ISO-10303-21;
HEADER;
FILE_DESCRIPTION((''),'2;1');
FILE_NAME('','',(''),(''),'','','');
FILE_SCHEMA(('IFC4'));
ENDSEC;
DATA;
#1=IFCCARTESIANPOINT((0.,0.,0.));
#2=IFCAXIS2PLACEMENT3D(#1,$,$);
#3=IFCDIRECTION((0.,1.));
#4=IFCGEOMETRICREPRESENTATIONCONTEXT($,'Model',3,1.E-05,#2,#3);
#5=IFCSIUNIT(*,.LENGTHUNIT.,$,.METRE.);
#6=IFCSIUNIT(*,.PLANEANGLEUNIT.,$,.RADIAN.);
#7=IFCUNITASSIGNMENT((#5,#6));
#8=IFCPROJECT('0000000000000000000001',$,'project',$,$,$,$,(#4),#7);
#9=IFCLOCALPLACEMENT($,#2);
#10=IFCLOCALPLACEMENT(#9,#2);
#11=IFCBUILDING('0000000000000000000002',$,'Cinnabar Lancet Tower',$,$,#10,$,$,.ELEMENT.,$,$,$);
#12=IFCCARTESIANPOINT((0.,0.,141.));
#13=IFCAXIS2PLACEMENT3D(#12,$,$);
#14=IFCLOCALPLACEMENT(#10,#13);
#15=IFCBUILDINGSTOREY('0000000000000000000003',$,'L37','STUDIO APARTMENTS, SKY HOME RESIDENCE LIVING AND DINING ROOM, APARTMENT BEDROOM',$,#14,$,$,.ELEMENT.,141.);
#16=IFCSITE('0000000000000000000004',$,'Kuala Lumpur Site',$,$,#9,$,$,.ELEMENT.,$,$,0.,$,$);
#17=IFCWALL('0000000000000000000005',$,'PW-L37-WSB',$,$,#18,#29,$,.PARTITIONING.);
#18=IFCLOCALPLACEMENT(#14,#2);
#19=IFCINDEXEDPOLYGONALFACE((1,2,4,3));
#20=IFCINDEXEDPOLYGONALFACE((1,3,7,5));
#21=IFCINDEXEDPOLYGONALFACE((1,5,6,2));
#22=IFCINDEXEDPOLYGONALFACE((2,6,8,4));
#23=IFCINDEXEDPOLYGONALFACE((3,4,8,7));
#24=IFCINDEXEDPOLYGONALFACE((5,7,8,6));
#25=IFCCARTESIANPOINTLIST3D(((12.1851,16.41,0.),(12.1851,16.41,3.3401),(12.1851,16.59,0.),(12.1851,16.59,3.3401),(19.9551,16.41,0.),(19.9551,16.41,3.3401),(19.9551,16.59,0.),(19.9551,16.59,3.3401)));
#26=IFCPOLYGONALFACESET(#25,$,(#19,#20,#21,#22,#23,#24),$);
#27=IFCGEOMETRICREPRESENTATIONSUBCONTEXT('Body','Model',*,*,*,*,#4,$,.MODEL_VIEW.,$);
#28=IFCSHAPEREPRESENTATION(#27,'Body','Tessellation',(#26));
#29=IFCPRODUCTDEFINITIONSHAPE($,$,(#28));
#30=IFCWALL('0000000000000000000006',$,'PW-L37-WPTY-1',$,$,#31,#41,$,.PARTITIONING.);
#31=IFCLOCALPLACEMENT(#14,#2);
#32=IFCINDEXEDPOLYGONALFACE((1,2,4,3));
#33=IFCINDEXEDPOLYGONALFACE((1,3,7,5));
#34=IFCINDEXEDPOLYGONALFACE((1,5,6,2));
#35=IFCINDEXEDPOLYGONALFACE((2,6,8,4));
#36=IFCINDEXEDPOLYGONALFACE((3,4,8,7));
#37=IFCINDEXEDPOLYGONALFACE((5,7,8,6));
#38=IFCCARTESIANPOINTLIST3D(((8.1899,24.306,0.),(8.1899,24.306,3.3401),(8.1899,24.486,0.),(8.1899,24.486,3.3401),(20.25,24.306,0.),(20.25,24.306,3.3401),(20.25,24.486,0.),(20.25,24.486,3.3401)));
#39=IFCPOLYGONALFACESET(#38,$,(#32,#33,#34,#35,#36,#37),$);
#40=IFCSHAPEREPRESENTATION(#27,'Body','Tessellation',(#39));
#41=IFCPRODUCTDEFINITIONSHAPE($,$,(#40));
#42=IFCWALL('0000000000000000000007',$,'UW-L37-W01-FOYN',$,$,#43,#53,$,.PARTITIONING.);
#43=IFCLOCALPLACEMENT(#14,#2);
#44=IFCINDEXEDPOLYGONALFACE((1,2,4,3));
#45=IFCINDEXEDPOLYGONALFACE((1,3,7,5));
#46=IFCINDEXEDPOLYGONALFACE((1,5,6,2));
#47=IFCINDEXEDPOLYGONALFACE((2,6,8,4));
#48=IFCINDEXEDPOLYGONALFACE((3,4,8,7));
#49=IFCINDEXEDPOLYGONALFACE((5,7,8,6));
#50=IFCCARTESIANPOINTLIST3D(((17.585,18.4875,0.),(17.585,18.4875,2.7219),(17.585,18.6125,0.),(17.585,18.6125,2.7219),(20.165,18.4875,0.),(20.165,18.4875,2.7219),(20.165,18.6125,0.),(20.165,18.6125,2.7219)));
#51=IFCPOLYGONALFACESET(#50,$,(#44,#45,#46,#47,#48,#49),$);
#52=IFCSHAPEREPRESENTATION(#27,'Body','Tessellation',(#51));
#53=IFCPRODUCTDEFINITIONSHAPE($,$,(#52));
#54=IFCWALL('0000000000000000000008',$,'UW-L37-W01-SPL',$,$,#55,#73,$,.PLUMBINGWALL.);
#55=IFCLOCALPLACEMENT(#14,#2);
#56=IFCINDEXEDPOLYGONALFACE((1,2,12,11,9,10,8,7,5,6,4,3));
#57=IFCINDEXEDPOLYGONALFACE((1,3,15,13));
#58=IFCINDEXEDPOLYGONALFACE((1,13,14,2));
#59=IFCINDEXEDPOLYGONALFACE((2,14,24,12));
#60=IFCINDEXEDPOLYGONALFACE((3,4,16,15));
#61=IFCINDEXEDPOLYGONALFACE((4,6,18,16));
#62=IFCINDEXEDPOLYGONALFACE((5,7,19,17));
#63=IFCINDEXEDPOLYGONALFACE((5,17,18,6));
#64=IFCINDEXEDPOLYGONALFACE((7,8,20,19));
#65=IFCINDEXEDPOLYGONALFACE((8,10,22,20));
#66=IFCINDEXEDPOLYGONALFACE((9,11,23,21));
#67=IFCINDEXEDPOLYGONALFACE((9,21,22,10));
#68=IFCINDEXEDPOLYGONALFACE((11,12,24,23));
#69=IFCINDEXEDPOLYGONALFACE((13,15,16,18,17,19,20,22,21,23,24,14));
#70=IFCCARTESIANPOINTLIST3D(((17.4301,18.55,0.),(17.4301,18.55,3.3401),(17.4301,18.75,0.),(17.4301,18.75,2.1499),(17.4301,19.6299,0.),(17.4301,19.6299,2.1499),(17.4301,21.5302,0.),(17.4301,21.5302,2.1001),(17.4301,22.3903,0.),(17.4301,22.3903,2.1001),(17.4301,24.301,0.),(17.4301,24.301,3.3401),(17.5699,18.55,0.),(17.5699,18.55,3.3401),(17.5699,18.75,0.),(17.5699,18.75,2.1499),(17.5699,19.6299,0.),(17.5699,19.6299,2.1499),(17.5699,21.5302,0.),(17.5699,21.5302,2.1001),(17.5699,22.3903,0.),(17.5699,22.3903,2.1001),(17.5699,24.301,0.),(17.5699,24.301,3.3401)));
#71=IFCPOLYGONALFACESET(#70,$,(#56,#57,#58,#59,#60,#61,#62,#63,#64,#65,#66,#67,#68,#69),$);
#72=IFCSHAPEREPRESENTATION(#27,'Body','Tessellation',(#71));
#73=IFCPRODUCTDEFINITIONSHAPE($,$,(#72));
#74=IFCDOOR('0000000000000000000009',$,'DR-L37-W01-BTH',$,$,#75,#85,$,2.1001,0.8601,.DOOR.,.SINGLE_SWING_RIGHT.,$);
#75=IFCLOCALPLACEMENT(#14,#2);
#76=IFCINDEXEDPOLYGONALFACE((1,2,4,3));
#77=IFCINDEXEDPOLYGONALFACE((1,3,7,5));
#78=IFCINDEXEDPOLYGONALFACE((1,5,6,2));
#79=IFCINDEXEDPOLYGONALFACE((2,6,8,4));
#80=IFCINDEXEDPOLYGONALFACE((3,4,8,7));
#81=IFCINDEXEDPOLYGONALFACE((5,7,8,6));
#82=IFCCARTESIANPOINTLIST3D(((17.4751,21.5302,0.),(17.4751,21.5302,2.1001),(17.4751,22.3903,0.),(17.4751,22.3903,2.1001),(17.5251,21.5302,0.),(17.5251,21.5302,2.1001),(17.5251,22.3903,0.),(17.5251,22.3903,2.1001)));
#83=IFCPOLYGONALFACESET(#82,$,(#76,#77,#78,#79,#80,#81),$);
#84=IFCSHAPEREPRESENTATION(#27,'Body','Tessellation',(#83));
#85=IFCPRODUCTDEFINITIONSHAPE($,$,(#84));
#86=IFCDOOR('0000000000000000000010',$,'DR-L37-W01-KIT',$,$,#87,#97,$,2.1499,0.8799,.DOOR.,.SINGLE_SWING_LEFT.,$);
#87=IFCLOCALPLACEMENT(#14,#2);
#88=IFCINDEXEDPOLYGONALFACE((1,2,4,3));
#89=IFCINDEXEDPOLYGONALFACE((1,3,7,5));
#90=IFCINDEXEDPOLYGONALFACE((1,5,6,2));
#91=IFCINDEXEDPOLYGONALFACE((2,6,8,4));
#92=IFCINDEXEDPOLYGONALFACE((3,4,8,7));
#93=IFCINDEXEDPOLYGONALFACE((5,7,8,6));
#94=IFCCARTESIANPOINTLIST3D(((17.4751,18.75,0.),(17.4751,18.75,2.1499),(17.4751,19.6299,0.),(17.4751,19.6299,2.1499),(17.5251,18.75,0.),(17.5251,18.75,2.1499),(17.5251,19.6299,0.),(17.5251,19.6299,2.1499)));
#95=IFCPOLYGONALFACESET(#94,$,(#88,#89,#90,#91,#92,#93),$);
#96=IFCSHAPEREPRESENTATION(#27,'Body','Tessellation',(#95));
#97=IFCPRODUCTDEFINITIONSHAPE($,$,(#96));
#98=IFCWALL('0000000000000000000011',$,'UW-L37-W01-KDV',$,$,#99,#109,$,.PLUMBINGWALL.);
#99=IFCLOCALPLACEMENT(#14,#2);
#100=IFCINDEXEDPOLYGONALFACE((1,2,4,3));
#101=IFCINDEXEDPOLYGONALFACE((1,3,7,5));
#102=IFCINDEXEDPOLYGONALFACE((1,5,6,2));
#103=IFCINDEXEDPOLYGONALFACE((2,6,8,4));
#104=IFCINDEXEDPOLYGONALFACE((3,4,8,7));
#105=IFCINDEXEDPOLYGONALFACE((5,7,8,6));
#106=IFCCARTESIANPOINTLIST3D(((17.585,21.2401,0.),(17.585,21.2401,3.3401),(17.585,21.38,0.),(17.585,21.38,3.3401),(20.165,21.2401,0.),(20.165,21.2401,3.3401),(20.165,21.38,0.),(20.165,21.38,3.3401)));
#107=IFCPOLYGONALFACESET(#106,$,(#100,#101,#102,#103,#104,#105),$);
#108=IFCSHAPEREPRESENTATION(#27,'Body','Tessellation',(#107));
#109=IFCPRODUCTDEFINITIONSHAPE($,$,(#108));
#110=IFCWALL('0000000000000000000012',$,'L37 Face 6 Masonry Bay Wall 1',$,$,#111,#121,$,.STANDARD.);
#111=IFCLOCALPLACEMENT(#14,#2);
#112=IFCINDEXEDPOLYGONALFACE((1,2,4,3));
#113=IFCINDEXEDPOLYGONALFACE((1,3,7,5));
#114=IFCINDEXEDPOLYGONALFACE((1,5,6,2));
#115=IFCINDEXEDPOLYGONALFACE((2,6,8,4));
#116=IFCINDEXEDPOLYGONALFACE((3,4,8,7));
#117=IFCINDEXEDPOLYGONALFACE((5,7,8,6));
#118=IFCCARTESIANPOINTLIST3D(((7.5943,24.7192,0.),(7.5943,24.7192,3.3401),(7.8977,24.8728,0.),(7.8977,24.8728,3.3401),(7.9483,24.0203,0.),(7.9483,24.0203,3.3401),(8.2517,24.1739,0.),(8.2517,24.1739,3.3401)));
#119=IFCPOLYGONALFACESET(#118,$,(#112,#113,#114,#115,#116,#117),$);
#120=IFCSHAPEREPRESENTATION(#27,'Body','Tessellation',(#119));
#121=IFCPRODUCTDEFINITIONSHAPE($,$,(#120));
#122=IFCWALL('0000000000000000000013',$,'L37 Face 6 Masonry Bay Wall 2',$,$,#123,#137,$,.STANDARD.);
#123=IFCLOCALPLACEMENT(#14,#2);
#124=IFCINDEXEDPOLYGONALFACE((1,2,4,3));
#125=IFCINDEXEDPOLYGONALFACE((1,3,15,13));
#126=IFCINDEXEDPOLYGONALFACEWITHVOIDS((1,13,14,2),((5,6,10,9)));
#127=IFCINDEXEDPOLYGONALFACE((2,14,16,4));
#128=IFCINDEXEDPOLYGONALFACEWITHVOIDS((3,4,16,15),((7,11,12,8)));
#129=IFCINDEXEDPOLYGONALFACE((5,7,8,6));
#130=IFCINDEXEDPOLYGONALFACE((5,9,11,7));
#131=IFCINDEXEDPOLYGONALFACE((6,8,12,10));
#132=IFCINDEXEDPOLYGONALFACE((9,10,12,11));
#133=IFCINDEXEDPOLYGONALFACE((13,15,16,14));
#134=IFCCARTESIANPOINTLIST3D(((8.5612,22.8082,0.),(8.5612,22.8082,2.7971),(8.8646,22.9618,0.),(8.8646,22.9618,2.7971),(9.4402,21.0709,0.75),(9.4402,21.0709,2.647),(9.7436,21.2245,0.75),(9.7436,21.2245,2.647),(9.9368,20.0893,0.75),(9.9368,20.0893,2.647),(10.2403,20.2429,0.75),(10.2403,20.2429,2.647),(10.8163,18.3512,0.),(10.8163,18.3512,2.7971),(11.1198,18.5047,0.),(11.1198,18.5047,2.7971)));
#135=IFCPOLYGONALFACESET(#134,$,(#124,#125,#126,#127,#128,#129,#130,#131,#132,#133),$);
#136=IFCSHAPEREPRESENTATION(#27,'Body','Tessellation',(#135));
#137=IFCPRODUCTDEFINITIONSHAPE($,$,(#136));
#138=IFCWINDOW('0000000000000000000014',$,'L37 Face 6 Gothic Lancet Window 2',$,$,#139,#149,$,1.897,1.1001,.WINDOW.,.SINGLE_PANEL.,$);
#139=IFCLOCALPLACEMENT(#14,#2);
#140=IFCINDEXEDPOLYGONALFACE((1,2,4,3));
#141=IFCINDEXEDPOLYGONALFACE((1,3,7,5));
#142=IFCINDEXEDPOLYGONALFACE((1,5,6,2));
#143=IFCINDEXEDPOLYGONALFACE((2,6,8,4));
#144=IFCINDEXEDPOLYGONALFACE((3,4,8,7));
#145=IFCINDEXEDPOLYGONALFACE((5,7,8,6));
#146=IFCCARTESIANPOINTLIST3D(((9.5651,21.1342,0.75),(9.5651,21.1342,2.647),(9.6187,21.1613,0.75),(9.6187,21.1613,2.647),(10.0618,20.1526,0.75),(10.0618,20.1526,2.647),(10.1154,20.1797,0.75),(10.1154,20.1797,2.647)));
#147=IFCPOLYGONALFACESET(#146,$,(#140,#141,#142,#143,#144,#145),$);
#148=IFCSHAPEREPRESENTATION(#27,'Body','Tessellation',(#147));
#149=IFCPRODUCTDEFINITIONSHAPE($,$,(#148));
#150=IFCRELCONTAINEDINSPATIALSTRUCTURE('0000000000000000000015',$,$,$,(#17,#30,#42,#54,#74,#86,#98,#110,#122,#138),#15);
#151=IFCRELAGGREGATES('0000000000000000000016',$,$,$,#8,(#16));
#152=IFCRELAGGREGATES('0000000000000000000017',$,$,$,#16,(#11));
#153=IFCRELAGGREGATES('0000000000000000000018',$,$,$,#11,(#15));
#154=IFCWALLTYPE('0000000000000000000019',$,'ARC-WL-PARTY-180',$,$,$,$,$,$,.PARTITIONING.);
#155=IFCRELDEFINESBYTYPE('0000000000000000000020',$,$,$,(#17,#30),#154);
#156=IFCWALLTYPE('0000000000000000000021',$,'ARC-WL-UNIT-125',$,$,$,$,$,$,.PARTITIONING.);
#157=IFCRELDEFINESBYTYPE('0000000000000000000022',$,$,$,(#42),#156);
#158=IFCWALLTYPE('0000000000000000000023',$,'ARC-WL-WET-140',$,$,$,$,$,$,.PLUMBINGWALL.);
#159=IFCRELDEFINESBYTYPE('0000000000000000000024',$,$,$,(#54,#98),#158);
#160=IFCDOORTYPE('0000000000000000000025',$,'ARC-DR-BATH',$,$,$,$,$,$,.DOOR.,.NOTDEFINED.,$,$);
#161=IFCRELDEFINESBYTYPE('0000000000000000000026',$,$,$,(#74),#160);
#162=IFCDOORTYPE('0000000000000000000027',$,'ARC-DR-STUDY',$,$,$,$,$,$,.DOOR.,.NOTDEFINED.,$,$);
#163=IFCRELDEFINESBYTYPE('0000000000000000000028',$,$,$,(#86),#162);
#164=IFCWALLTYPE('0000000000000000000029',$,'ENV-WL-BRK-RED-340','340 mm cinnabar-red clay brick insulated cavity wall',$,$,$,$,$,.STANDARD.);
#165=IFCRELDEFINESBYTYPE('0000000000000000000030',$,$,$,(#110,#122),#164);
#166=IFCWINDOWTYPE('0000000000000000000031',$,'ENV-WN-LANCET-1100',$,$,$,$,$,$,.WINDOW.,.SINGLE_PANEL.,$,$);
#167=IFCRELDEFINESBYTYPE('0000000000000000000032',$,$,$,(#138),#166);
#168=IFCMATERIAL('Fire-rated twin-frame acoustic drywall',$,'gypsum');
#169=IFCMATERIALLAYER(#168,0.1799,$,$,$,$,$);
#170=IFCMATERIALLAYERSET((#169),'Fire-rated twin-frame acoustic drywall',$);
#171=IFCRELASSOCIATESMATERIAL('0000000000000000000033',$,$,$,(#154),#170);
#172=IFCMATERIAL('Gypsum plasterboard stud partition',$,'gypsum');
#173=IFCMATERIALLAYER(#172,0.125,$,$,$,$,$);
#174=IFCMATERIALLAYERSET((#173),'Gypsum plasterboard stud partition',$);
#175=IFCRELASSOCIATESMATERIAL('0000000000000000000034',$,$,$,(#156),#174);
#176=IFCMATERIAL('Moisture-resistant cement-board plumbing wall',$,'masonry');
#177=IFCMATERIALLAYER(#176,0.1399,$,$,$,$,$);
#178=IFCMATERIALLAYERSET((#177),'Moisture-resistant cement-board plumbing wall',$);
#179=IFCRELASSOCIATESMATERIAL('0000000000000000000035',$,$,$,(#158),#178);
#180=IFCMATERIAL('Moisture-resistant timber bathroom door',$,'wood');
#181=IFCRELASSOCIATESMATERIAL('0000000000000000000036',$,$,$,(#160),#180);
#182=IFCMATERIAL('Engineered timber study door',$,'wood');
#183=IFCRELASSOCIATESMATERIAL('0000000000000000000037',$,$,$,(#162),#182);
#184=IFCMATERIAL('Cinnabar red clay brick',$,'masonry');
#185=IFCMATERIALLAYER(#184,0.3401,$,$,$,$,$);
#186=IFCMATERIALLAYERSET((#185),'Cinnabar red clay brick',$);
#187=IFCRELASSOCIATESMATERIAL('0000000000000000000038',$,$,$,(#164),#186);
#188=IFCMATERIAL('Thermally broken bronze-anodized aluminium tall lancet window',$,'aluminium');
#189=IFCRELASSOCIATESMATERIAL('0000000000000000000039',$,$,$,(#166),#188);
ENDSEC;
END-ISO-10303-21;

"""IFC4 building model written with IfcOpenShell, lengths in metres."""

from ifc_helpers import new_model, si_unit, direction, frame, frame_2d, origin, place, context, subcontext, project, spatial, rectangle, extrude, material, layer, layer_set, type_object, element, fill, save


model = new_model("IFC4")

# Units and contexts
model_context = context("Model", 3, precision=1e-05, world=origin(), true_north=direction((0.0, 1.0)))
body_context = subcontext(model_context, "Body", "Model", "MODEL_VIEW")
ifc_project = project(units=[si_unit("LENGTHUNIT", "METRE"), si_unit("PLANEANGLEUNIT", "RADIAN")], contexts=[model_context])

# Site, building, storey
site_placement = place(None, origin())
site = spatial("IfcSite", under=ifc_project, at=site_placement, Name="Kuala Lumpur Site", CompositionType="ELEMENT", RefElevation=0.0)
building_placement = place(site_placement, origin())
building = spatial("IfcBuilding", under=site, at=building_placement, Name="Cinnabar Lancet Tower", CompositionType="ELEMENT")
storey_placement = place(building_placement, frame((0.0, 0.0, 141.0)))
storey = spatial("IfcBuildingStorey", under=building, at=storey_placement, Name="L37", Description="STUDIO APARTMENTS, SKY HOME RESIDENCE LIVING AND DINING ROOM, APARTMENT BEDROOM", CompositionType="ELEMENT", Elevation=141.0)

# Walls
ifc_material_1 = material(Name="Fire-rated twin-frame acoustic drywall", Category="gypsum")
ifc_layer_1 = layer(ifc_material_1, 0.1799)
ifc_layer_set_1 = layer_set([ifc_layer_1], Name="Fire-rated twin-frame acoustic drywall")
wall_type_1 = type_object("IfcWallType", Name="ARC-WL-PARTY-180", PredefinedType="PARTITIONING", material=ifc_layer_set_1)
wall_1_placement = place(storey_placement, frame((12.1851, 16.5, 0.0), z_axis=(0.0, 0.0, 1.0), x_axis=(1.0, 0.0, 0.0)))
element("IfcWall", 1, at=wall_1_placement, inside=storey, type_object=wall_type_1, Name="PW-L37-WSB", PredefinedType="PARTITIONING", context=body_context, shape_type="SweptSolid", body=[
    extrude(rectangle(XDim=7.77, YDim=0.1799, at=frame_2d((3.885, 0.0))), origin(), (0.0, 0.0, 1.0), 3.3401),
])
wall_2_placement = place(storey_placement, frame((8.1899, 24.396, 0.0), z_axis=(0.0, 0.0, 1.0), x_axis=(1.0, 0.0, 0.0)))
element("IfcWall", 2, at=wall_2_placement, inside=storey, type_object=wall_type_1, Name="PW-L37-WPTY-1", PredefinedType="PARTITIONING", context=body_context, shape_type="SweptSolid", body=[
    extrude(rectangle(XDim=12.0601, YDim=0.1799, at=frame_2d((6.03, 0.0))), origin(), (0.0, 0.0, 1.0), 3.3401),
])
ifc_material_2 = material(Name="Gypsum plasterboard stud partition", Category="gypsum")
ifc_layer_2 = layer(ifc_material_2, 0.125)
ifc_layer_set_2 = layer_set([ifc_layer_2], Name="Gypsum plasterboard stud partition")
wall_type_2 = type_object("IfcWallType", Name="ARC-WL-UNIT-125", PredefinedType="PARTITIONING", material=ifc_layer_set_2)
wall_3_placement = place(storey_placement, frame((17.585, 18.55, 0.0), z_axis=(0.0, 0.0, 1.0), x_axis=(1.0, 0.0, 0.0)))
element("IfcWall", 3, at=wall_3_placement, inside=storey, type_object=wall_type_2, Name="UW-L37-W01-FOYN", PredefinedType="PARTITIONING", context=body_context, shape_type="SweptSolid", body=[
    extrude(rectangle(XDim=2.5801, YDim=0.125, at=frame_2d((1.29, 0.0))), origin(), (0.0, 0.0, 1.0), 2.7219),
])

# Wall, openings, doors
ifc_material_3 = material(Name="Moisture-resistant cement-board plumbing wall", Category="masonry")
ifc_layer_3 = layer(ifc_material_3, 0.1399)
ifc_layer_set_3 = layer_set([ifc_layer_3], Name="Moisture-resistant cement-board plumbing wall")
wall_type_3 = type_object("IfcWallType", Name="ARC-WL-WET-140", PredefinedType="PLUMBINGWALL", material=ifc_layer_set_3)
wall_4_placement = place(storey_placement, frame((17.5, 18.55, 0.0), z_axis=(0.0, 0.0, 1.0), x_axis=(0.0, 1.0, 0.0)))
wall_4 = element("IfcWall", 4, at=wall_4_placement, inside=storey, type_object=wall_type_3, Name="UW-L37-W01-SPL", PredefinedType="PLUMBINGWALL", context=body_context, shape_type="SweptSolid", body=[
    extrude(rectangle(XDim=5.751, YDim=0.1399, at=frame_2d((2.8755, 0.0))), origin(), (0.0, 0.0, 1.0), 3.3401),
])
opening_1_placement = place(wall_4_placement, frame((2.98, 0.0, 0.0)))
opening_1 = element("IfcOpeningElement", 5, at=opening_1_placement, cuts=wall_4, PredefinedType="OPENING", context=body_context, shape_type="SweptSolid", body=[
    extrude(rectangle(XDim=0.8601, YDim=2.1001, at=frame_2d((0.4302, 1.05))), frame((0.0, 0.0798, 0.0), z_axis=(0.0, -1.0, 0.0), x_axis=(1.0, 0.0, 0.0)), (0.0, 0.0, 1.0), 0.1599),
])
opening_2_placement = place(wall_4_placement, frame((0.2, 0.0, 0.0)))
opening_2 = element("IfcOpeningElement", 6, at=opening_2_placement, cuts=wall_4, PredefinedType="OPENING", context=body_context, shape_type="SweptSolid", body=[
    extrude(rectangle(XDim=0.8799, YDim=2.1499, at=frame_2d((0.4399, 1.075))), frame((0.0, 0.0798, 0.0), z_axis=(0.0, -1.0, 0.0), x_axis=(1.0, 0.0, 0.0)), (0.0, 0.0, 1.0), 0.1599),
])
ifc_material_4 = material(Name="Moisture-resistant timber bathroom door", Category="wood")
door_type_1 = type_object("IfcDoorType", Name="ARC-DR-BATH", OperationType="NOTDEFINED", PredefinedType="DOOR", material=ifc_material_4)
door_1_placement = place(opening_1_placement, origin())
door_1 = element("IfcDoor", 7, at=door_1_placement, inside=storey, type_object=door_type_1, Name="DR-L37-W01-BTH", OperationType="SINGLE_SWING_RIGHT", OverallHeight=2.1001, OverallWidth=0.8601, PredefinedType="DOOR", context=body_context, shape_type="SweptSolid", body=[
    extrude(rectangle(XDim=0.8601, YDim=2.1001, at=frame_2d((0.4302, 1.05))), frame((0.0, 0.0249, 0.0), z_axis=(0.0, -1.0, 0.0), x_axis=(1.0, 0.0, 0.0)), (0.0, 0.0, 1.0), 0.05),
])
fill(opening_1, door_1)
ifc_material_5 = material(Name="Engineered timber study door", Category="wood")
door_type_2 = type_object("IfcDoorType", Name="ARC-DR-STUDY", OperationType="NOTDEFINED", PredefinedType="DOOR", material=ifc_material_5)
door_2_placement = place(opening_2_placement, origin())
door_2 = element("IfcDoor", 8, at=door_2_placement, inside=storey, type_object=door_type_2, Name="DR-L37-W01-KIT", OperationType="SINGLE_SWING_LEFT", OverallHeight=2.1499, OverallWidth=0.8799, PredefinedType="DOOR", context=body_context, shape_type="SweptSolid", body=[
    extrude(rectangle(XDim=0.8799, YDim=2.1499, at=frame_2d((0.4399, 1.075))), frame((0.0, 0.0249, 0.0), z_axis=(0.0, -1.0, 0.0), x_axis=(1.0, 0.0, 0.0)), (0.0, 0.0, 1.0), 0.05),
])
fill(opening_2, door_2)

# Walls
wall_5_placement = place(storey_placement, frame((17.585, 21.3101, 0.0), z_axis=(0.0, 0.0, 1.0), x_axis=(1.0, 0.0, 0.0)))
element("IfcWall", 9, at=wall_5_placement, inside=storey, type_object=wall_type_3, Name="UW-L37-W01-KDV", PredefinedType="PLUMBINGWALL", context=body_context, shape_type="SweptSolid", body=[
    extrude(rectangle(XDim=2.5801, YDim=0.1399, at=frame_2d((1.29, 0.0))), origin(), (0.0, 0.0, 1.0), 3.3401),
])
ifc_material_6 = material(Name="Cinnabar red clay brick", Category="masonry")
ifc_layer_4 = layer(ifc_material_6, 0.3401)
ifc_layer_set_4 = layer_set([ifc_layer_4], Name="Cinnabar red clay brick")
wall_type_4 = type_object("IfcWallType", Name="ENV-WL-BRK-RED-340", Description="340 mm cinnabar-red clay brick insulated cavity wall", PredefinedType="STANDARD", material=ifc_layer_set_4)
wall_6_placement = place(storey_placement, frame((7.7461, 24.7959, 0.0), z_axis=(0.0, 0.0, 1.0), x_axis=(0.451819, -0.892109, 0.0)))
element("IfcWall", 10, at=wall_6_placement, inside=storey, type_object=wall_type_4, Name="L37 Face 6 Masonry Bay Wall 1", PredefinedType="STANDARD", context=body_context, shape_type="SweptSolid", body=[
    extrude(rectangle(XDim=0.7834, YDim=0.3401, at=frame_2d((0.3916, 0.0))), origin(), (0.0, 0.0, 1.0), 3.3401),
])

# Wall, opening, window
wall_7_placement = place(storey_placement, frame((8.7129, 22.885, 0.0), z_axis=(0.0, 0.0, 1.0), x_axis=(0.451471, -0.892286, 0.0)))
wall_7 = element("IfcWall", 11, at=wall_7_placement, inside=storey, type_object=wall_type_4, Name="L37 Face 6 Masonry Bay Wall 2", PredefinedType="STANDARD", context=body_context, shape_type="SweptSolid", body=[
    extrude(rectangle(XDim=4.9951, YDim=0.3401, at=frame_2d((2.4976, 0.0))), origin(), (0.0, 0.0, 1.0), 2.7971),
])
opening_3_placement = place(wall_7_placement, frame((1.947, 0.0, 0.75)))
opening_3 = element("IfcOpeningElement", 12, at=opening_3_placement, cuts=wall_7, PredefinedType="OPENING", context=body_context, shape_type="SweptSolid", body=[
    extrude(rectangle(XDim=1.1001, YDim=1.897, at=frame_2d((0.55, 0.9485))), frame((0.0, 0.1799, 0.0), z_axis=(0.0, -1.0, 0.0), x_axis=(1.0, 0.0, 0.0)), (0.0, 0.0, 1.0), 0.3601),
])
ifc_material_7 = material(Name="Thermally broken bronze-anodized aluminium tall lancet window", Category="aluminium")
window_type = type_object("IfcWindowType", Name="ENV-WN-LANCET-1100", PartitioningType="SINGLE_PANEL", PredefinedType="WINDOW", material=ifc_material_7)
window_1_placement = place(opening_3_placement, origin())
window_1 = element("IfcWindow", 13, at=window_1_placement, inside=storey, type_object=window_type, Name="L37 Face 6 Gothic Lancet Window 2", OverallHeight=1.897, OverallWidth=1.1001, PartitioningType="SINGLE_PANEL", PredefinedType="WINDOW", context=body_context, shape_type="SweptSolid", body=[
    extrude(rectangle(XDim=1.1001, YDim=1.897, at=frame_2d((0.55, 0.9485))), frame((0.0, 0.03, 0.0), z_axis=(0.0, -1.0, 0.0), x_axis=(1.0, 0.0, 0.0)), (0.0, 0.0, 1.0), 0.0601),
])
fill(opening_3, window_1)

save(model, "model.ifc")
